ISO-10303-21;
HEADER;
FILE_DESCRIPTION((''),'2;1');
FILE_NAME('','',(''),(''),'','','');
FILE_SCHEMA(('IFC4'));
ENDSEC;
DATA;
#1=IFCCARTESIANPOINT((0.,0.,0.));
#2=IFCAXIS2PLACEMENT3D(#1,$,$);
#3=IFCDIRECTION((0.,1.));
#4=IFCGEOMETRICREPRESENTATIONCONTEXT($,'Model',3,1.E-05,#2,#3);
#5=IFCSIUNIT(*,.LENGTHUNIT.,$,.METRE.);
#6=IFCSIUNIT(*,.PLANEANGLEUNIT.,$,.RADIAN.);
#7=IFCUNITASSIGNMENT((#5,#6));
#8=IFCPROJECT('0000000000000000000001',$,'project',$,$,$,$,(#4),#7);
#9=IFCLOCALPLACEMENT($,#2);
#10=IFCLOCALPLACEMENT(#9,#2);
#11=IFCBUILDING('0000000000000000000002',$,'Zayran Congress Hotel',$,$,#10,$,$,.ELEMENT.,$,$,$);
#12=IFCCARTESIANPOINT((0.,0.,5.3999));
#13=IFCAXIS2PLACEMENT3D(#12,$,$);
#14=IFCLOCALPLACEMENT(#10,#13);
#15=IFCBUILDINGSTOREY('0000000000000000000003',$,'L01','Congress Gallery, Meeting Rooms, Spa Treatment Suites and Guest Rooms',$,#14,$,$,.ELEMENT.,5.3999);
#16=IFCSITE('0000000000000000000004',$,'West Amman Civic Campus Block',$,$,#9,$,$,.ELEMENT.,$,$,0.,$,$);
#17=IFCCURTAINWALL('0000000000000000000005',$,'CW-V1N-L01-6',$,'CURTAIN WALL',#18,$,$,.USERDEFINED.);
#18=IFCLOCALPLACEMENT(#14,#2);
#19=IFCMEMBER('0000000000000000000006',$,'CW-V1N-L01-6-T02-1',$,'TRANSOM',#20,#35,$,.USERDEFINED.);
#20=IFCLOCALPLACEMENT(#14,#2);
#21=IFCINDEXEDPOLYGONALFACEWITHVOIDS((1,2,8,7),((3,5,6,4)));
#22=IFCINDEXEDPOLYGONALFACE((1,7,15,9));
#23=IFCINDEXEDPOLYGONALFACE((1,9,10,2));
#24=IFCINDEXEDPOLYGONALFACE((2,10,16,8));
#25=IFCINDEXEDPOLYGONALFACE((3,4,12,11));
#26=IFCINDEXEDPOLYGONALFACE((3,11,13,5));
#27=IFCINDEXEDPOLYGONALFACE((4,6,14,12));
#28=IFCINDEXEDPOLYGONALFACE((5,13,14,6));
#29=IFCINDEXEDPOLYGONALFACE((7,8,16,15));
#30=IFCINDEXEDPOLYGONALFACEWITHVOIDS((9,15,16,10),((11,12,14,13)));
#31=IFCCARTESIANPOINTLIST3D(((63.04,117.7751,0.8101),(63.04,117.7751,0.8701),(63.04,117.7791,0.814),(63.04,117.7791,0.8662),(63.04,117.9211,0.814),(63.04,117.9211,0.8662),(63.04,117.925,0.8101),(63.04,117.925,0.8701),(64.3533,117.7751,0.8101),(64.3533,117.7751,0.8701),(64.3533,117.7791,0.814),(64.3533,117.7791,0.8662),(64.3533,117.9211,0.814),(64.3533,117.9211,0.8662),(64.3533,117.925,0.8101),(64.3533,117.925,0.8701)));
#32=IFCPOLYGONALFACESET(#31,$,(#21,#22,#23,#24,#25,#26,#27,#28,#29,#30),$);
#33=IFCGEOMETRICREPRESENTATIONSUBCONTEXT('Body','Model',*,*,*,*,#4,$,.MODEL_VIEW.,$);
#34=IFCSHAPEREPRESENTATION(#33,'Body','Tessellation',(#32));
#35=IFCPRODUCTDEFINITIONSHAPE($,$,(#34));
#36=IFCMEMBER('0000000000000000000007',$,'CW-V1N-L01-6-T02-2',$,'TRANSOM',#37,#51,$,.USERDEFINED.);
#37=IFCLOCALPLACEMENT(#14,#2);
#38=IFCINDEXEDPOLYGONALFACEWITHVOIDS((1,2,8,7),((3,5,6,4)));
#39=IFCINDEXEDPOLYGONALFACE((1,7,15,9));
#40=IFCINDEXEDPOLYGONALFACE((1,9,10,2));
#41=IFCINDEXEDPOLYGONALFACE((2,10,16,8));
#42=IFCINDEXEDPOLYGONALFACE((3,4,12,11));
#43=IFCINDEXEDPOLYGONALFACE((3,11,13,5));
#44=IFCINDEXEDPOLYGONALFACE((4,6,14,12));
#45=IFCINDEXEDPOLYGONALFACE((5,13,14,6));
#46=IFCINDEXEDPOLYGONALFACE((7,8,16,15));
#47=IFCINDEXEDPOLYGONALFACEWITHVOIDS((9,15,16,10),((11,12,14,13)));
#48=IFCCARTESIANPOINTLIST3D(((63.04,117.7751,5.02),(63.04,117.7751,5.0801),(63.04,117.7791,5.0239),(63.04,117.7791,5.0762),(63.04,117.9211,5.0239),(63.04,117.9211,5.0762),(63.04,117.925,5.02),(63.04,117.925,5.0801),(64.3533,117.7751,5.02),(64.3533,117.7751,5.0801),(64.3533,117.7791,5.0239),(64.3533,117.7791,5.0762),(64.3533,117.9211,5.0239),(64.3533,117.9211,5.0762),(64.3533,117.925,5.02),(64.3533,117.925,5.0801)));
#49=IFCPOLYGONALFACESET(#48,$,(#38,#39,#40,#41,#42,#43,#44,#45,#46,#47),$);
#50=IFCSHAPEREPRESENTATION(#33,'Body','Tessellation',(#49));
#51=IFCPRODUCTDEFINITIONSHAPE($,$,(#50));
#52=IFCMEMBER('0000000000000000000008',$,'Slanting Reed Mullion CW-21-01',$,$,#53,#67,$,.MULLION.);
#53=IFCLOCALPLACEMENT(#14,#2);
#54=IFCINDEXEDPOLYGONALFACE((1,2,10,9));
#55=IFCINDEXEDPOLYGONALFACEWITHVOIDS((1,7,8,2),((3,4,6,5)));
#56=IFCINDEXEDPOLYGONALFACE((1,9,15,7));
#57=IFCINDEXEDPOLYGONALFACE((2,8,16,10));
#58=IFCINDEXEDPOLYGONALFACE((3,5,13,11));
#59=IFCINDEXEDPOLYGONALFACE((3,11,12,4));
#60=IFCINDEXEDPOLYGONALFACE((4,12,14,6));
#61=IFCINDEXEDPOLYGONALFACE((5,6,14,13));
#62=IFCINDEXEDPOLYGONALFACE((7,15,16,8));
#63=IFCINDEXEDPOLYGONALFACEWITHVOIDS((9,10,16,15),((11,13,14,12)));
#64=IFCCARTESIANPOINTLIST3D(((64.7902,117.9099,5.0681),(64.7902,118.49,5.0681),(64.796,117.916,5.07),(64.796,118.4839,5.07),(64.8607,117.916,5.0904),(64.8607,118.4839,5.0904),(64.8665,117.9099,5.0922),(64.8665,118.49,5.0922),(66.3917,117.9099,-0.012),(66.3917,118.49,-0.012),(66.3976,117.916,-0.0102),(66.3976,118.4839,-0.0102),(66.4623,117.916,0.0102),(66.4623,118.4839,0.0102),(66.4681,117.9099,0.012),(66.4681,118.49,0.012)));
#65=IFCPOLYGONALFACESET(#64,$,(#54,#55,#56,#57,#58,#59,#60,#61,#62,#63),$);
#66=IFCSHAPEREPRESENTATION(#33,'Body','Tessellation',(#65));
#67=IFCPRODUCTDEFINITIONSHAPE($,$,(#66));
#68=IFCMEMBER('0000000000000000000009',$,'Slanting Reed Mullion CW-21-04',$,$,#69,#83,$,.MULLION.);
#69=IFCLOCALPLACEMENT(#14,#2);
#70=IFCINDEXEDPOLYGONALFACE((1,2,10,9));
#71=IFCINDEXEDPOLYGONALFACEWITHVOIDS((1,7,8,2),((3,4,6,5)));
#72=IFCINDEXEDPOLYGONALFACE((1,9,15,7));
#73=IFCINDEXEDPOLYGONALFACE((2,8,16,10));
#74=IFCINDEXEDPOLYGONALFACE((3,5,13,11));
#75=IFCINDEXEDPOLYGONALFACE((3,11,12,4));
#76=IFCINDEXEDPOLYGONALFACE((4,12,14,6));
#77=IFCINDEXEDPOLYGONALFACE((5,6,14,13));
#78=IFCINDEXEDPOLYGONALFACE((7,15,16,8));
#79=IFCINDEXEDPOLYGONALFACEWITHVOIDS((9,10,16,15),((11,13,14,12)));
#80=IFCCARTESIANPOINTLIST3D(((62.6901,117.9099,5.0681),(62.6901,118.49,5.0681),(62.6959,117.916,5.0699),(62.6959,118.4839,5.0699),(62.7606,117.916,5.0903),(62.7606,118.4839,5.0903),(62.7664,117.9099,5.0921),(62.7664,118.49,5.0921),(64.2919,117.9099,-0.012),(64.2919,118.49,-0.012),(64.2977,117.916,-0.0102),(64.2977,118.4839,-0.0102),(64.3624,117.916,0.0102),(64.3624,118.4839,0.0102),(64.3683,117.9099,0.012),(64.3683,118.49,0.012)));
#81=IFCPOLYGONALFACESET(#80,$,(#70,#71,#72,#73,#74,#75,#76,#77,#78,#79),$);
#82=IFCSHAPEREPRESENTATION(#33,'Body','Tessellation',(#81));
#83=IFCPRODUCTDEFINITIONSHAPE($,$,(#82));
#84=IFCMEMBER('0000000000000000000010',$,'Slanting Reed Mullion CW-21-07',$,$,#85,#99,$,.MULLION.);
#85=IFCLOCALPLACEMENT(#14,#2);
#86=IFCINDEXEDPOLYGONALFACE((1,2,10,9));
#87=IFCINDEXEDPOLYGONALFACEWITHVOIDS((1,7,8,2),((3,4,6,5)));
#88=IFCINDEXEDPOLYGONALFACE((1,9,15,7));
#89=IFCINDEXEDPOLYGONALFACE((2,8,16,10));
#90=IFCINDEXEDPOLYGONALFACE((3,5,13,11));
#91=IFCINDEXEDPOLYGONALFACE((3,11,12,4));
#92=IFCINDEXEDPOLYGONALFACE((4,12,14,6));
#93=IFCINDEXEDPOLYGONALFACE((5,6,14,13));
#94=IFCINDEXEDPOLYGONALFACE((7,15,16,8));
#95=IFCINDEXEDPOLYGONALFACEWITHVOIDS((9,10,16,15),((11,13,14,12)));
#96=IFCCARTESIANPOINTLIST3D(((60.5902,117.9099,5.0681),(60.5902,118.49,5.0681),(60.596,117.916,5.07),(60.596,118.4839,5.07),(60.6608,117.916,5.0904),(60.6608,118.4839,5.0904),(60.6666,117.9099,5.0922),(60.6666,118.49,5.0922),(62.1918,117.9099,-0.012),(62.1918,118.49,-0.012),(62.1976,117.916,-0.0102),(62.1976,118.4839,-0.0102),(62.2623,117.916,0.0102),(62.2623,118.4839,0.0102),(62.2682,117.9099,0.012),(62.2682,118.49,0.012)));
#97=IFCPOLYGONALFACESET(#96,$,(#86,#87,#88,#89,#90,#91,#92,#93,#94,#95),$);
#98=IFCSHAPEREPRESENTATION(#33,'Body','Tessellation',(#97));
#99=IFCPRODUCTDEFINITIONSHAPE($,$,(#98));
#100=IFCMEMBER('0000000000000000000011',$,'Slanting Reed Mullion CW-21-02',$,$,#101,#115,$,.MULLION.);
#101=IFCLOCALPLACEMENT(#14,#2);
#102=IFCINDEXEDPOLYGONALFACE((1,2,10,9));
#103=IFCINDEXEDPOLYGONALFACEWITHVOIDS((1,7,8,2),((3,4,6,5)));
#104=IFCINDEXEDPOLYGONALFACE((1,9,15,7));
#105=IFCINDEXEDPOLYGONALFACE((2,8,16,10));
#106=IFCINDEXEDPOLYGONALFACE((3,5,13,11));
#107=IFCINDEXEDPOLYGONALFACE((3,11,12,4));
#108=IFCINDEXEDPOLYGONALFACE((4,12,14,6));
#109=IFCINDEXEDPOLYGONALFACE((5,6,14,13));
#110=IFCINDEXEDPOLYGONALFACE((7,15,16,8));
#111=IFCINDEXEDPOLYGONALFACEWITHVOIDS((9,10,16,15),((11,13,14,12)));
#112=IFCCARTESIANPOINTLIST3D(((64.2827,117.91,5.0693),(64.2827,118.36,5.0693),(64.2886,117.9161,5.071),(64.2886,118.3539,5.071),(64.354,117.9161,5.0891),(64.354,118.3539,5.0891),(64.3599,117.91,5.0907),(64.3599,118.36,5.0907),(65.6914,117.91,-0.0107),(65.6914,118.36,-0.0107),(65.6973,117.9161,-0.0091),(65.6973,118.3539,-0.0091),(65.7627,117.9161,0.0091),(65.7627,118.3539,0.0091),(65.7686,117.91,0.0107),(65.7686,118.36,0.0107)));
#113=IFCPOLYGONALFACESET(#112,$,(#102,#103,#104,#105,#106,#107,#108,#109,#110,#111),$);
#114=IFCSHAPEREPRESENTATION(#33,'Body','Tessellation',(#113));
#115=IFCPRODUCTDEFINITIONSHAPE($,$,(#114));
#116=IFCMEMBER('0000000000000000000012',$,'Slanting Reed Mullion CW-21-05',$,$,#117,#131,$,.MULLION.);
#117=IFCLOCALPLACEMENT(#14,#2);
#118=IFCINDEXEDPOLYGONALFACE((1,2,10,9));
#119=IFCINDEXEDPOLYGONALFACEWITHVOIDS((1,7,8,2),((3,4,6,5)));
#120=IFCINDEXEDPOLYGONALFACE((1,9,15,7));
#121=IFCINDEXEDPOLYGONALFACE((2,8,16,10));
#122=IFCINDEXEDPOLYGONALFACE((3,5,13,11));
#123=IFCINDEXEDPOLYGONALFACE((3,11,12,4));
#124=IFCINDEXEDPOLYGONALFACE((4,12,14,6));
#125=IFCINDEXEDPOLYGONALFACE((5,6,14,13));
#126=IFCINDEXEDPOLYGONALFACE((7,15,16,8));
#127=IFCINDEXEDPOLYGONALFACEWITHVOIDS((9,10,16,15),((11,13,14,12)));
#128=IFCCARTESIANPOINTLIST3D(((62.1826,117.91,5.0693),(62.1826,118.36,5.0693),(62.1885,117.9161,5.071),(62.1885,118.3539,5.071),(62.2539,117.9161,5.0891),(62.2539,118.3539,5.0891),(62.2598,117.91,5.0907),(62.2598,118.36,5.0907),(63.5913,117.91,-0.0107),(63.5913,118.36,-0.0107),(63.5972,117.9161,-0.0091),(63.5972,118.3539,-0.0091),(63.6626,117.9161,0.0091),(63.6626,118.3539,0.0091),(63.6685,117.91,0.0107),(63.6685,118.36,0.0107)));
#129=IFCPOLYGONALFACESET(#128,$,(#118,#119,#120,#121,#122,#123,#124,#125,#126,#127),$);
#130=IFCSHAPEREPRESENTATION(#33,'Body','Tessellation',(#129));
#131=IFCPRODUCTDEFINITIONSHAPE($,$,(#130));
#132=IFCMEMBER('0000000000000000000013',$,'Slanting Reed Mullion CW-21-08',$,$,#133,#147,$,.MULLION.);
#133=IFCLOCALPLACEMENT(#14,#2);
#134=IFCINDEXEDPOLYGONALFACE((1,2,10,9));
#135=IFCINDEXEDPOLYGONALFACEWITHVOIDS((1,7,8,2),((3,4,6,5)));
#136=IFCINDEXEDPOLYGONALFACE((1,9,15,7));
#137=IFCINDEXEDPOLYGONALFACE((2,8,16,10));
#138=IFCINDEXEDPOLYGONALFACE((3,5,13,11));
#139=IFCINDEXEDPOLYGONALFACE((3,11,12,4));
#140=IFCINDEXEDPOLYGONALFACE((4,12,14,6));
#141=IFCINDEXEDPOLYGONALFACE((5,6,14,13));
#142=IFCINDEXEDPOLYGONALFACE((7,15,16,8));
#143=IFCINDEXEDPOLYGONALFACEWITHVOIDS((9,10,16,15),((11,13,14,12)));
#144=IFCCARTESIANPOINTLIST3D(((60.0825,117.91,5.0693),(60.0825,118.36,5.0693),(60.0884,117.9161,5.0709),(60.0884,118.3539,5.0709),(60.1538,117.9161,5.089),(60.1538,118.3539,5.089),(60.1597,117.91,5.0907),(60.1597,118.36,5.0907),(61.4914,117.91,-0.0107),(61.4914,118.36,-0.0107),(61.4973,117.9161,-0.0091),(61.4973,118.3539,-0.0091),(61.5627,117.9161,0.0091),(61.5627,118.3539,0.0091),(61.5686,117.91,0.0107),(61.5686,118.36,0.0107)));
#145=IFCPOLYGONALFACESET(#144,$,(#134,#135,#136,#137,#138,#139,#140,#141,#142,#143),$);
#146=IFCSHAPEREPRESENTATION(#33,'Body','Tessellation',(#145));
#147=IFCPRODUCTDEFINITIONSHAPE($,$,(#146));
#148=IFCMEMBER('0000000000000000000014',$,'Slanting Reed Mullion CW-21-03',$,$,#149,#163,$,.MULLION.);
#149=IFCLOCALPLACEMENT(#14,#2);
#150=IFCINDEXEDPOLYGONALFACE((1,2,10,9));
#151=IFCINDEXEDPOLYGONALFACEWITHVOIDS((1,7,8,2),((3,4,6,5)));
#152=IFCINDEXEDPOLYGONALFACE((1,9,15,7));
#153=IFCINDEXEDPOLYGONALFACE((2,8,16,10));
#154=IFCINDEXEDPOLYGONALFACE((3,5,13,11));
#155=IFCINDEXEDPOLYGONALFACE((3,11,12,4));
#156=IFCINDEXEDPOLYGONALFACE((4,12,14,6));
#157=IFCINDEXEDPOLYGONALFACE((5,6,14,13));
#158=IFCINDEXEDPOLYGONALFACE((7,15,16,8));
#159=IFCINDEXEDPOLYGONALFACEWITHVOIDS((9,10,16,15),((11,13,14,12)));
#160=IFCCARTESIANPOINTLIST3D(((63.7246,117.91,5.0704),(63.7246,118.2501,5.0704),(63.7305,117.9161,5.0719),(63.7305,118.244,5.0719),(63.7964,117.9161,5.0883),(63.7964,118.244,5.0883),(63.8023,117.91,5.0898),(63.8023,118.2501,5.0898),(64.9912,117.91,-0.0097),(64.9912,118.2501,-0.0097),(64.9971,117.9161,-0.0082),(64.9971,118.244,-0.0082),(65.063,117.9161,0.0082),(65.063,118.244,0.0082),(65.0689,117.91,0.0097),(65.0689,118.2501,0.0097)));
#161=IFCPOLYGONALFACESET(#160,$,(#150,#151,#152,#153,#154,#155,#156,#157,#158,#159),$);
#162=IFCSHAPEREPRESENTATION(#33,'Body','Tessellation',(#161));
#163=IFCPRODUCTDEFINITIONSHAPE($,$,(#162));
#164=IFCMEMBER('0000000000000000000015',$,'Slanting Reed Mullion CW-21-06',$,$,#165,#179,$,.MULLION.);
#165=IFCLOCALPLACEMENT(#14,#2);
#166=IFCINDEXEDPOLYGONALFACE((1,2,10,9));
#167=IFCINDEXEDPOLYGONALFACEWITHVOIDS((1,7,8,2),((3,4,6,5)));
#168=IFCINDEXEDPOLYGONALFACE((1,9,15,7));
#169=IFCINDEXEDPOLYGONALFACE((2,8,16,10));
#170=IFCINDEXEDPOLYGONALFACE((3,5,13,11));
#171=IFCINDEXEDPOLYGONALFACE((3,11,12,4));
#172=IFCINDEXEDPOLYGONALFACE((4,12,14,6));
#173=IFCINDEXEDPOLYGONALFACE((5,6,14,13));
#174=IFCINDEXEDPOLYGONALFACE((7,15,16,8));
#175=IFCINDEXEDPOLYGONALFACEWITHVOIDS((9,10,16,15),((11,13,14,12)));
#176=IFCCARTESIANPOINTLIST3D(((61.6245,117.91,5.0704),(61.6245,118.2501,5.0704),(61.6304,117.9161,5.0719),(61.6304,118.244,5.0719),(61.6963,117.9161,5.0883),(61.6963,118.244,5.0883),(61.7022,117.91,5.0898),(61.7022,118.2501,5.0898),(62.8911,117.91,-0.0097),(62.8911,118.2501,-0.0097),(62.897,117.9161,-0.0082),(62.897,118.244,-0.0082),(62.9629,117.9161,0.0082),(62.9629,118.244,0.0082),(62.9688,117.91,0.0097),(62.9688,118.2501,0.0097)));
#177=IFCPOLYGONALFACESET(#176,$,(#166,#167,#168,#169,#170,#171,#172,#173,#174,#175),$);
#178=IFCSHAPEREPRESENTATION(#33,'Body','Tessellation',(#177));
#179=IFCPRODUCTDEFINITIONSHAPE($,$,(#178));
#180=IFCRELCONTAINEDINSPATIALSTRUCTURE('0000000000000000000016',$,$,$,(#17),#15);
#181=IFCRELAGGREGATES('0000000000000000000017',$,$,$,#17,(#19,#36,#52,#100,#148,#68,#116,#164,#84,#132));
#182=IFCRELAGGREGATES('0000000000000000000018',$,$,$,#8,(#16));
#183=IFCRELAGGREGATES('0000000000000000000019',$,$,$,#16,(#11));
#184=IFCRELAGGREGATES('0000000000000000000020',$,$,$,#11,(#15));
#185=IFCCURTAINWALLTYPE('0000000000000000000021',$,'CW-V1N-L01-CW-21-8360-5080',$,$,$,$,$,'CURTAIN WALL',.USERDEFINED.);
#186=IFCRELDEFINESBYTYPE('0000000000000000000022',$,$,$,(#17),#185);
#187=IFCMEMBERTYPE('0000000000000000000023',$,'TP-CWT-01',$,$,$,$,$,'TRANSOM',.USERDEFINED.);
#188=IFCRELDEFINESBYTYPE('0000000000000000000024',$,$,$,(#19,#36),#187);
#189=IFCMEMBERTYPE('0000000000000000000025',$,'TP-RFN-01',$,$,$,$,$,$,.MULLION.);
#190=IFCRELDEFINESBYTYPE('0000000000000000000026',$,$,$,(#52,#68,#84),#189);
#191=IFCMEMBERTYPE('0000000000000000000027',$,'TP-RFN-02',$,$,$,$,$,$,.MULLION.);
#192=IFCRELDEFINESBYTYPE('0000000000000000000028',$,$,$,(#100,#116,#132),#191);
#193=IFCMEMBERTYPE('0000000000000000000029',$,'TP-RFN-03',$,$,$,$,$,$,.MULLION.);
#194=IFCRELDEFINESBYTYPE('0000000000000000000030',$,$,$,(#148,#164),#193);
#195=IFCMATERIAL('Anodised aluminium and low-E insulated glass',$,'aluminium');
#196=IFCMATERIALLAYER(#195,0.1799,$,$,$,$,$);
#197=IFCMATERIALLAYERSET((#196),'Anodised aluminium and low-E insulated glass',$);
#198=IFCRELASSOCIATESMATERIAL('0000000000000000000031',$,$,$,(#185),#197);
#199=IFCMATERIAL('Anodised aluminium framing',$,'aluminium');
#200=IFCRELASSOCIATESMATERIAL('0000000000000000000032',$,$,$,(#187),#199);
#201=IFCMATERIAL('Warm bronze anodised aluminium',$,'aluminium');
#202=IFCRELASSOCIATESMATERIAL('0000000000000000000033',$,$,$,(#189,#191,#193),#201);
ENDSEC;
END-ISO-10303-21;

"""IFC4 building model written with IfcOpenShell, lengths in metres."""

from ifc_helpers import new_model, si_unit, direction, frame, origin, origin_2d, place, context, subcontext, project, spatial, hollow_rectangle, extrude, material, layer, layer_set, material_profile, profile_set, type_object, element, aggregate, save


model = new_model("IFC4")

# Units and contexts
model_context = context("Model", 3, precision=1e-05, world=origin(), true_north=direction((0.0, 1.0)))
body_context = subcontext(model_context, "Body", "Model", "MODEL_VIEW")
ifc_project = project(units=[si_unit("LENGTHUNIT", "METRE"), si_unit("PLANEANGLEUNIT", "RADIAN")], contexts=[model_context])

# Site, building, storey
site_placement = place(None, origin())
site = spatial("IfcSite", under=ifc_project, at=site_placement, Name="West Amman Civic Campus Block", CompositionType="ELEMENT", RefElevation=0.0)
building_placement = place(site_placement, origin())
building = spatial("IfcBuilding", under=site, at=building_placement, Name="Zayran Congress Hotel", CompositionType="ELEMENT")
storey_placement = place(building_placement, frame((0.0, 0.0, 5.3999)))
storey = spatial("IfcBuildingStorey", under=building, at=storey_placement, Name="L01", Description="Congress Gallery, Meeting Rooms, Spa Treatment Suites and Guest Rooms", CompositionType="ELEMENT", Elevation=5.3999)

# Curtain wall
ifc_material_1 = material(Name="Anodised aluminium and low-E insulated glass", Category="aluminium")
ifc_layer_1 = layer(ifc_material_1, 0.1799)
ifc_layer_set_1 = layer_set([ifc_layer_1], Name="Anodised aluminium and low-E insulated glass")
curtain_wall_type_1 = type_object("IfcCurtainWallType", Name="CW-V1N-L01-CW-21-8360-5080", ElementType="CURTAIN WALL", PredefinedType="USERDEFINED", material=ifc_layer_set_1)
curtain_wall_1_placement = place(storey_placement, origin())
curtain_wall_1 = element("IfcCurtainWall", 1, at=curtain_wall_1_placement, inside=storey, type_object=curtain_wall_type_1, Name="CW-V1N-L01-6", ObjectType="CURTAIN WALL", PredefinedType="USERDEFINED")
ifc_material_2 = material(Name="Anodised aluminium framing", Category="aluminium")

# Members
ifc_material_profile_1 = material_profile(ifc_material_2, hollow_rectangle(XDim=0.0601, YDim=0.1499, WallThickness=0.0039, at=origin_2d()), Name="RHS 150x60x4")
ifc_profile_set_1 = profile_set([ifc_material_profile_1], Name="Anodised aluminium framing")
member_type_1 = type_object("IfcMemberType", Name="TP-CWT-01", ElementType="TRANSOM", PredefinedType="USERDEFINED", material=ifc_profile_set_1)
member_1_placement = place(storey_placement, frame((64.3533, 117.8501, 0.8401), z_axis=(-1.0, 0.0, 0.0), x_axis=(0.0, 0.0, 1.0)))
member_1 = element("IfcMember", 2, at=member_1_placement, type_object=member_type_1, Name="CW-V1N-L01-6-T02-1", ObjectType="TRANSOM", PredefinedType="USERDEFINED", context=body_context, shape_type="SweptSolid", body=[
    extrude(hollow_rectangle(XDim=0.0601, YDim=0.1499, WallThickness=0.0039, at=origin_2d()), origin(), (0.0, 0.0, 1.0), 1.3132),
])
member_2_placement = place(storey_placement, frame((64.3533, 117.8501, 5.05), z_axis=(-1.0, 0.0, 0.0), x_axis=(0.0, 0.0, 1.0)))
member_2 = element("IfcMember", 3, at=member_2_placement, type_object=member_type_1, Name="CW-V1N-L01-6-T02-2", ObjectType="TRANSOM", PredefinedType="USERDEFINED", context=body_context, shape_type="SweptSolid", body=[
    extrude(hollow_rectangle(XDim=0.0601, YDim=0.1499, WallThickness=0.0039, at=origin_2d()), origin(), (0.0, 0.0, 1.0), 1.3132),
])
ifc_material_3 = material(Name="Warm bronze anodised aluminium", Category="aluminium")
ifc_material_profile_2 = material_profile(ifc_material_3, hollow_rectangle(XDim=0.0801, YDim=0.5801, WallThickness=0.0061, at=origin_2d()), Name="RHS 580x80x6")
ifc_profile_set_2 = profile_set([ifc_material_profile_2], Name="Warm bronze anodised aluminium")
member_type_2 = type_object("IfcMemberType", Name="TP-RFN-01", PredefinedType="MULLION", material=ifc_profile_set_2)
member_3_placement = place(storey_placement, frame((66.4299, 118.2, 0.0), z_axis=(-0.300675, 0.0, 0.953727), x_axis=(0.953727, 0.0, 0.300675)))
member_3 = element("IfcMember", 4, at=member_3_placement, type_object=member_type_2, Name="Slanting Reed Mullion CW-21-01", PredefinedType="MULLION", context=body_context, shape_type="SweptSolid", body=[
    extrude(hollow_rectangle(XDim=0.0801, YDim=0.5801, WallThickness=0.0061, at=origin_2d()), origin(), (0.0, 0.0, 1.0), 5.3267),
])
member_4_placement = place(storey_placement, frame((64.3301, 118.2, 0.0), z_axis=(-0.300717, 0.0, 0.953713), x_axis=(0.953713, 0.0, 0.300717)))
member_4 = element("IfcMember", 5, at=member_4_placement, type_object=member_type_2, Name="Slanting Reed Mullion CW-21-04", PredefinedType="MULLION", context=body_context, shape_type="SweptSolid", body=[
    extrude(hollow_rectangle(XDim=0.0801, YDim=0.5801, WallThickness=0.0061, at=origin_2d()), origin(), (0.0, 0.0, 1.0), 5.3267),
])
member_5_placement = place(storey_placement, frame((62.23, 118.2, 0.0), z_axis=(-0.300675, 0.0, 0.953727), x_axis=(0.953727, 0.0, 0.300675)))
member_5 = element("IfcMember", 6, at=member_5_placement, type_object=member_type_2, Name="Slanting Reed Mullion CW-21-07", PredefinedType="MULLION", context=body_context, shape_type="SweptSolid", body=[
    extrude(hollow_rectangle(XDim=0.0801, YDim=0.5801, WallThickness=0.0061, at=origin_2d()), origin(), (0.0, 0.0, 1.0), 5.3267),
])
ifc_material_profile_3 = material_profile(ifc_material_3, hollow_rectangle(XDim=0.0801, YDim=0.45, WallThickness=0.0061, at=origin_2d()), Name="RHS 450x80x6")
ifc_profile_set_3 = profile_set([ifc_material_profile_3], Name="Warm bronze anodised aluminium")
member_type_3 = type_object("IfcMemberType", Name="TP-RFN-02", PredefinedType="MULLION", material=ifc_profile_set_3)
member_6_placement = place(storey_placement, frame((65.73, 118.135, 0.0), z_axis=(-0.267214, 0.0, 0.963637), x_axis=(0.963637, 0.0, 0.267214)))
member_6 = element("IfcMember", 7, at=member_6_placement, type_object=member_type_3, Name="Slanting Reed Mullion CW-21-02", PredefinedType="MULLION", context=body_context, shape_type="SweptSolid", body=[
    extrude(hollow_rectangle(XDim=0.0801, YDim=0.45, WallThickness=0.0061, at=origin_2d()), origin(), (0.0, 0.0, 1.0), 5.2717),
])
member_7_placement = place(storey_placement, frame((63.6299, 118.135, 0.0), z_axis=(-0.267214, 0.0, 0.963637), x_axis=(0.963637, 0.0, 0.267214)))
member_7 = element("IfcMember", 8, at=member_7_placement, type_object=member_type_3, Name="Slanting Reed Mullion CW-21-05", PredefinedType="MULLION", context=body_context, shape_type="SweptSolid", body=[
    extrude(hollow_rectangle(XDim=0.0801, YDim=0.45, WallThickness=0.0061, at=origin_2d()), origin(), (0.0, 0.0, 1.0), 5.2717),
])
member_8_placement = place(storey_placement, frame((61.53, 118.135, 0.0), z_axis=(-0.267257, 0.0, 0.963625), x_axis=(0.963625, 0.0, 0.267257)))
member_8 = element("IfcMember", 9, at=member_8_placement, type_object=member_type_3, Name="Slanting Reed Mullion CW-21-08", PredefinedType="MULLION", context=body_context, shape_type="SweptSolid", body=[
    extrude(hollow_rectangle(XDim=0.0801, YDim=0.45, WallThickness=0.0061, at=origin_2d()), origin(), (0.0, 0.0, 1.0), 5.2717),
])
ifc_material_profile_4 = material_profile(ifc_material_3, hollow_rectangle(XDim=0.0801, YDim=0.3401, WallThickness=0.0061, at=origin_2d()), Name="RHS 340x80x6")
ifc_profile_set_4 = profile_set([ifc_material_profile_4], Name="Warm bronze anodised aluminium")
member_type_4 = type_object("IfcMemberType", Name="TP-RFN-03", PredefinedType="MULLION", material=ifc_profile_set_4)
member_9_placement = place(storey_placement, frame((65.03, 118.0801, 0.0), z_axis=(-0.241921, 0.0, 0.970296), x_axis=(0.970296, 0.0, 0.241921)))
member_9 = element("IfcMember", 10, at=member_9_placement, type_object=member_type_4, Name="Slanting Reed Mullion CW-21-03", PredefinedType="MULLION", context=body_context, shape_type="SweptSolid", body=[
    extrude(hollow_rectangle(XDim=0.0801, YDim=0.3401, WallThickness=0.0061, at=origin_2d()), origin(), (0.0, 0.0, 1.0), 5.2356),
])
member_10_placement = place(storey_placement, frame((62.9299, 118.0801, 0.0), z_axis=(-0.241921, 0.0, 0.970296), x_axis=(0.970296, 0.0, 0.241921)))
member_10 = element("IfcMember", 11, at=member_10_placement, type_object=member_type_4, Name="Slanting Reed Mullion CW-21-06", PredefinedType="MULLION", context=body_context, shape_type="SweptSolid", body=[
    extrude(hollow_rectangle(XDim=0.0801, YDim=0.3401, WallThickness=0.0061, at=origin_2d()), origin(), (0.0, 0.0, 1.0), 5.2356),
])

aggregate(curtain_wall_1, [member_1, member_2, member_3, member_6, member_9, member_4, member_7, member_10, member_5, member_8])

save(model, "model.ifc")
